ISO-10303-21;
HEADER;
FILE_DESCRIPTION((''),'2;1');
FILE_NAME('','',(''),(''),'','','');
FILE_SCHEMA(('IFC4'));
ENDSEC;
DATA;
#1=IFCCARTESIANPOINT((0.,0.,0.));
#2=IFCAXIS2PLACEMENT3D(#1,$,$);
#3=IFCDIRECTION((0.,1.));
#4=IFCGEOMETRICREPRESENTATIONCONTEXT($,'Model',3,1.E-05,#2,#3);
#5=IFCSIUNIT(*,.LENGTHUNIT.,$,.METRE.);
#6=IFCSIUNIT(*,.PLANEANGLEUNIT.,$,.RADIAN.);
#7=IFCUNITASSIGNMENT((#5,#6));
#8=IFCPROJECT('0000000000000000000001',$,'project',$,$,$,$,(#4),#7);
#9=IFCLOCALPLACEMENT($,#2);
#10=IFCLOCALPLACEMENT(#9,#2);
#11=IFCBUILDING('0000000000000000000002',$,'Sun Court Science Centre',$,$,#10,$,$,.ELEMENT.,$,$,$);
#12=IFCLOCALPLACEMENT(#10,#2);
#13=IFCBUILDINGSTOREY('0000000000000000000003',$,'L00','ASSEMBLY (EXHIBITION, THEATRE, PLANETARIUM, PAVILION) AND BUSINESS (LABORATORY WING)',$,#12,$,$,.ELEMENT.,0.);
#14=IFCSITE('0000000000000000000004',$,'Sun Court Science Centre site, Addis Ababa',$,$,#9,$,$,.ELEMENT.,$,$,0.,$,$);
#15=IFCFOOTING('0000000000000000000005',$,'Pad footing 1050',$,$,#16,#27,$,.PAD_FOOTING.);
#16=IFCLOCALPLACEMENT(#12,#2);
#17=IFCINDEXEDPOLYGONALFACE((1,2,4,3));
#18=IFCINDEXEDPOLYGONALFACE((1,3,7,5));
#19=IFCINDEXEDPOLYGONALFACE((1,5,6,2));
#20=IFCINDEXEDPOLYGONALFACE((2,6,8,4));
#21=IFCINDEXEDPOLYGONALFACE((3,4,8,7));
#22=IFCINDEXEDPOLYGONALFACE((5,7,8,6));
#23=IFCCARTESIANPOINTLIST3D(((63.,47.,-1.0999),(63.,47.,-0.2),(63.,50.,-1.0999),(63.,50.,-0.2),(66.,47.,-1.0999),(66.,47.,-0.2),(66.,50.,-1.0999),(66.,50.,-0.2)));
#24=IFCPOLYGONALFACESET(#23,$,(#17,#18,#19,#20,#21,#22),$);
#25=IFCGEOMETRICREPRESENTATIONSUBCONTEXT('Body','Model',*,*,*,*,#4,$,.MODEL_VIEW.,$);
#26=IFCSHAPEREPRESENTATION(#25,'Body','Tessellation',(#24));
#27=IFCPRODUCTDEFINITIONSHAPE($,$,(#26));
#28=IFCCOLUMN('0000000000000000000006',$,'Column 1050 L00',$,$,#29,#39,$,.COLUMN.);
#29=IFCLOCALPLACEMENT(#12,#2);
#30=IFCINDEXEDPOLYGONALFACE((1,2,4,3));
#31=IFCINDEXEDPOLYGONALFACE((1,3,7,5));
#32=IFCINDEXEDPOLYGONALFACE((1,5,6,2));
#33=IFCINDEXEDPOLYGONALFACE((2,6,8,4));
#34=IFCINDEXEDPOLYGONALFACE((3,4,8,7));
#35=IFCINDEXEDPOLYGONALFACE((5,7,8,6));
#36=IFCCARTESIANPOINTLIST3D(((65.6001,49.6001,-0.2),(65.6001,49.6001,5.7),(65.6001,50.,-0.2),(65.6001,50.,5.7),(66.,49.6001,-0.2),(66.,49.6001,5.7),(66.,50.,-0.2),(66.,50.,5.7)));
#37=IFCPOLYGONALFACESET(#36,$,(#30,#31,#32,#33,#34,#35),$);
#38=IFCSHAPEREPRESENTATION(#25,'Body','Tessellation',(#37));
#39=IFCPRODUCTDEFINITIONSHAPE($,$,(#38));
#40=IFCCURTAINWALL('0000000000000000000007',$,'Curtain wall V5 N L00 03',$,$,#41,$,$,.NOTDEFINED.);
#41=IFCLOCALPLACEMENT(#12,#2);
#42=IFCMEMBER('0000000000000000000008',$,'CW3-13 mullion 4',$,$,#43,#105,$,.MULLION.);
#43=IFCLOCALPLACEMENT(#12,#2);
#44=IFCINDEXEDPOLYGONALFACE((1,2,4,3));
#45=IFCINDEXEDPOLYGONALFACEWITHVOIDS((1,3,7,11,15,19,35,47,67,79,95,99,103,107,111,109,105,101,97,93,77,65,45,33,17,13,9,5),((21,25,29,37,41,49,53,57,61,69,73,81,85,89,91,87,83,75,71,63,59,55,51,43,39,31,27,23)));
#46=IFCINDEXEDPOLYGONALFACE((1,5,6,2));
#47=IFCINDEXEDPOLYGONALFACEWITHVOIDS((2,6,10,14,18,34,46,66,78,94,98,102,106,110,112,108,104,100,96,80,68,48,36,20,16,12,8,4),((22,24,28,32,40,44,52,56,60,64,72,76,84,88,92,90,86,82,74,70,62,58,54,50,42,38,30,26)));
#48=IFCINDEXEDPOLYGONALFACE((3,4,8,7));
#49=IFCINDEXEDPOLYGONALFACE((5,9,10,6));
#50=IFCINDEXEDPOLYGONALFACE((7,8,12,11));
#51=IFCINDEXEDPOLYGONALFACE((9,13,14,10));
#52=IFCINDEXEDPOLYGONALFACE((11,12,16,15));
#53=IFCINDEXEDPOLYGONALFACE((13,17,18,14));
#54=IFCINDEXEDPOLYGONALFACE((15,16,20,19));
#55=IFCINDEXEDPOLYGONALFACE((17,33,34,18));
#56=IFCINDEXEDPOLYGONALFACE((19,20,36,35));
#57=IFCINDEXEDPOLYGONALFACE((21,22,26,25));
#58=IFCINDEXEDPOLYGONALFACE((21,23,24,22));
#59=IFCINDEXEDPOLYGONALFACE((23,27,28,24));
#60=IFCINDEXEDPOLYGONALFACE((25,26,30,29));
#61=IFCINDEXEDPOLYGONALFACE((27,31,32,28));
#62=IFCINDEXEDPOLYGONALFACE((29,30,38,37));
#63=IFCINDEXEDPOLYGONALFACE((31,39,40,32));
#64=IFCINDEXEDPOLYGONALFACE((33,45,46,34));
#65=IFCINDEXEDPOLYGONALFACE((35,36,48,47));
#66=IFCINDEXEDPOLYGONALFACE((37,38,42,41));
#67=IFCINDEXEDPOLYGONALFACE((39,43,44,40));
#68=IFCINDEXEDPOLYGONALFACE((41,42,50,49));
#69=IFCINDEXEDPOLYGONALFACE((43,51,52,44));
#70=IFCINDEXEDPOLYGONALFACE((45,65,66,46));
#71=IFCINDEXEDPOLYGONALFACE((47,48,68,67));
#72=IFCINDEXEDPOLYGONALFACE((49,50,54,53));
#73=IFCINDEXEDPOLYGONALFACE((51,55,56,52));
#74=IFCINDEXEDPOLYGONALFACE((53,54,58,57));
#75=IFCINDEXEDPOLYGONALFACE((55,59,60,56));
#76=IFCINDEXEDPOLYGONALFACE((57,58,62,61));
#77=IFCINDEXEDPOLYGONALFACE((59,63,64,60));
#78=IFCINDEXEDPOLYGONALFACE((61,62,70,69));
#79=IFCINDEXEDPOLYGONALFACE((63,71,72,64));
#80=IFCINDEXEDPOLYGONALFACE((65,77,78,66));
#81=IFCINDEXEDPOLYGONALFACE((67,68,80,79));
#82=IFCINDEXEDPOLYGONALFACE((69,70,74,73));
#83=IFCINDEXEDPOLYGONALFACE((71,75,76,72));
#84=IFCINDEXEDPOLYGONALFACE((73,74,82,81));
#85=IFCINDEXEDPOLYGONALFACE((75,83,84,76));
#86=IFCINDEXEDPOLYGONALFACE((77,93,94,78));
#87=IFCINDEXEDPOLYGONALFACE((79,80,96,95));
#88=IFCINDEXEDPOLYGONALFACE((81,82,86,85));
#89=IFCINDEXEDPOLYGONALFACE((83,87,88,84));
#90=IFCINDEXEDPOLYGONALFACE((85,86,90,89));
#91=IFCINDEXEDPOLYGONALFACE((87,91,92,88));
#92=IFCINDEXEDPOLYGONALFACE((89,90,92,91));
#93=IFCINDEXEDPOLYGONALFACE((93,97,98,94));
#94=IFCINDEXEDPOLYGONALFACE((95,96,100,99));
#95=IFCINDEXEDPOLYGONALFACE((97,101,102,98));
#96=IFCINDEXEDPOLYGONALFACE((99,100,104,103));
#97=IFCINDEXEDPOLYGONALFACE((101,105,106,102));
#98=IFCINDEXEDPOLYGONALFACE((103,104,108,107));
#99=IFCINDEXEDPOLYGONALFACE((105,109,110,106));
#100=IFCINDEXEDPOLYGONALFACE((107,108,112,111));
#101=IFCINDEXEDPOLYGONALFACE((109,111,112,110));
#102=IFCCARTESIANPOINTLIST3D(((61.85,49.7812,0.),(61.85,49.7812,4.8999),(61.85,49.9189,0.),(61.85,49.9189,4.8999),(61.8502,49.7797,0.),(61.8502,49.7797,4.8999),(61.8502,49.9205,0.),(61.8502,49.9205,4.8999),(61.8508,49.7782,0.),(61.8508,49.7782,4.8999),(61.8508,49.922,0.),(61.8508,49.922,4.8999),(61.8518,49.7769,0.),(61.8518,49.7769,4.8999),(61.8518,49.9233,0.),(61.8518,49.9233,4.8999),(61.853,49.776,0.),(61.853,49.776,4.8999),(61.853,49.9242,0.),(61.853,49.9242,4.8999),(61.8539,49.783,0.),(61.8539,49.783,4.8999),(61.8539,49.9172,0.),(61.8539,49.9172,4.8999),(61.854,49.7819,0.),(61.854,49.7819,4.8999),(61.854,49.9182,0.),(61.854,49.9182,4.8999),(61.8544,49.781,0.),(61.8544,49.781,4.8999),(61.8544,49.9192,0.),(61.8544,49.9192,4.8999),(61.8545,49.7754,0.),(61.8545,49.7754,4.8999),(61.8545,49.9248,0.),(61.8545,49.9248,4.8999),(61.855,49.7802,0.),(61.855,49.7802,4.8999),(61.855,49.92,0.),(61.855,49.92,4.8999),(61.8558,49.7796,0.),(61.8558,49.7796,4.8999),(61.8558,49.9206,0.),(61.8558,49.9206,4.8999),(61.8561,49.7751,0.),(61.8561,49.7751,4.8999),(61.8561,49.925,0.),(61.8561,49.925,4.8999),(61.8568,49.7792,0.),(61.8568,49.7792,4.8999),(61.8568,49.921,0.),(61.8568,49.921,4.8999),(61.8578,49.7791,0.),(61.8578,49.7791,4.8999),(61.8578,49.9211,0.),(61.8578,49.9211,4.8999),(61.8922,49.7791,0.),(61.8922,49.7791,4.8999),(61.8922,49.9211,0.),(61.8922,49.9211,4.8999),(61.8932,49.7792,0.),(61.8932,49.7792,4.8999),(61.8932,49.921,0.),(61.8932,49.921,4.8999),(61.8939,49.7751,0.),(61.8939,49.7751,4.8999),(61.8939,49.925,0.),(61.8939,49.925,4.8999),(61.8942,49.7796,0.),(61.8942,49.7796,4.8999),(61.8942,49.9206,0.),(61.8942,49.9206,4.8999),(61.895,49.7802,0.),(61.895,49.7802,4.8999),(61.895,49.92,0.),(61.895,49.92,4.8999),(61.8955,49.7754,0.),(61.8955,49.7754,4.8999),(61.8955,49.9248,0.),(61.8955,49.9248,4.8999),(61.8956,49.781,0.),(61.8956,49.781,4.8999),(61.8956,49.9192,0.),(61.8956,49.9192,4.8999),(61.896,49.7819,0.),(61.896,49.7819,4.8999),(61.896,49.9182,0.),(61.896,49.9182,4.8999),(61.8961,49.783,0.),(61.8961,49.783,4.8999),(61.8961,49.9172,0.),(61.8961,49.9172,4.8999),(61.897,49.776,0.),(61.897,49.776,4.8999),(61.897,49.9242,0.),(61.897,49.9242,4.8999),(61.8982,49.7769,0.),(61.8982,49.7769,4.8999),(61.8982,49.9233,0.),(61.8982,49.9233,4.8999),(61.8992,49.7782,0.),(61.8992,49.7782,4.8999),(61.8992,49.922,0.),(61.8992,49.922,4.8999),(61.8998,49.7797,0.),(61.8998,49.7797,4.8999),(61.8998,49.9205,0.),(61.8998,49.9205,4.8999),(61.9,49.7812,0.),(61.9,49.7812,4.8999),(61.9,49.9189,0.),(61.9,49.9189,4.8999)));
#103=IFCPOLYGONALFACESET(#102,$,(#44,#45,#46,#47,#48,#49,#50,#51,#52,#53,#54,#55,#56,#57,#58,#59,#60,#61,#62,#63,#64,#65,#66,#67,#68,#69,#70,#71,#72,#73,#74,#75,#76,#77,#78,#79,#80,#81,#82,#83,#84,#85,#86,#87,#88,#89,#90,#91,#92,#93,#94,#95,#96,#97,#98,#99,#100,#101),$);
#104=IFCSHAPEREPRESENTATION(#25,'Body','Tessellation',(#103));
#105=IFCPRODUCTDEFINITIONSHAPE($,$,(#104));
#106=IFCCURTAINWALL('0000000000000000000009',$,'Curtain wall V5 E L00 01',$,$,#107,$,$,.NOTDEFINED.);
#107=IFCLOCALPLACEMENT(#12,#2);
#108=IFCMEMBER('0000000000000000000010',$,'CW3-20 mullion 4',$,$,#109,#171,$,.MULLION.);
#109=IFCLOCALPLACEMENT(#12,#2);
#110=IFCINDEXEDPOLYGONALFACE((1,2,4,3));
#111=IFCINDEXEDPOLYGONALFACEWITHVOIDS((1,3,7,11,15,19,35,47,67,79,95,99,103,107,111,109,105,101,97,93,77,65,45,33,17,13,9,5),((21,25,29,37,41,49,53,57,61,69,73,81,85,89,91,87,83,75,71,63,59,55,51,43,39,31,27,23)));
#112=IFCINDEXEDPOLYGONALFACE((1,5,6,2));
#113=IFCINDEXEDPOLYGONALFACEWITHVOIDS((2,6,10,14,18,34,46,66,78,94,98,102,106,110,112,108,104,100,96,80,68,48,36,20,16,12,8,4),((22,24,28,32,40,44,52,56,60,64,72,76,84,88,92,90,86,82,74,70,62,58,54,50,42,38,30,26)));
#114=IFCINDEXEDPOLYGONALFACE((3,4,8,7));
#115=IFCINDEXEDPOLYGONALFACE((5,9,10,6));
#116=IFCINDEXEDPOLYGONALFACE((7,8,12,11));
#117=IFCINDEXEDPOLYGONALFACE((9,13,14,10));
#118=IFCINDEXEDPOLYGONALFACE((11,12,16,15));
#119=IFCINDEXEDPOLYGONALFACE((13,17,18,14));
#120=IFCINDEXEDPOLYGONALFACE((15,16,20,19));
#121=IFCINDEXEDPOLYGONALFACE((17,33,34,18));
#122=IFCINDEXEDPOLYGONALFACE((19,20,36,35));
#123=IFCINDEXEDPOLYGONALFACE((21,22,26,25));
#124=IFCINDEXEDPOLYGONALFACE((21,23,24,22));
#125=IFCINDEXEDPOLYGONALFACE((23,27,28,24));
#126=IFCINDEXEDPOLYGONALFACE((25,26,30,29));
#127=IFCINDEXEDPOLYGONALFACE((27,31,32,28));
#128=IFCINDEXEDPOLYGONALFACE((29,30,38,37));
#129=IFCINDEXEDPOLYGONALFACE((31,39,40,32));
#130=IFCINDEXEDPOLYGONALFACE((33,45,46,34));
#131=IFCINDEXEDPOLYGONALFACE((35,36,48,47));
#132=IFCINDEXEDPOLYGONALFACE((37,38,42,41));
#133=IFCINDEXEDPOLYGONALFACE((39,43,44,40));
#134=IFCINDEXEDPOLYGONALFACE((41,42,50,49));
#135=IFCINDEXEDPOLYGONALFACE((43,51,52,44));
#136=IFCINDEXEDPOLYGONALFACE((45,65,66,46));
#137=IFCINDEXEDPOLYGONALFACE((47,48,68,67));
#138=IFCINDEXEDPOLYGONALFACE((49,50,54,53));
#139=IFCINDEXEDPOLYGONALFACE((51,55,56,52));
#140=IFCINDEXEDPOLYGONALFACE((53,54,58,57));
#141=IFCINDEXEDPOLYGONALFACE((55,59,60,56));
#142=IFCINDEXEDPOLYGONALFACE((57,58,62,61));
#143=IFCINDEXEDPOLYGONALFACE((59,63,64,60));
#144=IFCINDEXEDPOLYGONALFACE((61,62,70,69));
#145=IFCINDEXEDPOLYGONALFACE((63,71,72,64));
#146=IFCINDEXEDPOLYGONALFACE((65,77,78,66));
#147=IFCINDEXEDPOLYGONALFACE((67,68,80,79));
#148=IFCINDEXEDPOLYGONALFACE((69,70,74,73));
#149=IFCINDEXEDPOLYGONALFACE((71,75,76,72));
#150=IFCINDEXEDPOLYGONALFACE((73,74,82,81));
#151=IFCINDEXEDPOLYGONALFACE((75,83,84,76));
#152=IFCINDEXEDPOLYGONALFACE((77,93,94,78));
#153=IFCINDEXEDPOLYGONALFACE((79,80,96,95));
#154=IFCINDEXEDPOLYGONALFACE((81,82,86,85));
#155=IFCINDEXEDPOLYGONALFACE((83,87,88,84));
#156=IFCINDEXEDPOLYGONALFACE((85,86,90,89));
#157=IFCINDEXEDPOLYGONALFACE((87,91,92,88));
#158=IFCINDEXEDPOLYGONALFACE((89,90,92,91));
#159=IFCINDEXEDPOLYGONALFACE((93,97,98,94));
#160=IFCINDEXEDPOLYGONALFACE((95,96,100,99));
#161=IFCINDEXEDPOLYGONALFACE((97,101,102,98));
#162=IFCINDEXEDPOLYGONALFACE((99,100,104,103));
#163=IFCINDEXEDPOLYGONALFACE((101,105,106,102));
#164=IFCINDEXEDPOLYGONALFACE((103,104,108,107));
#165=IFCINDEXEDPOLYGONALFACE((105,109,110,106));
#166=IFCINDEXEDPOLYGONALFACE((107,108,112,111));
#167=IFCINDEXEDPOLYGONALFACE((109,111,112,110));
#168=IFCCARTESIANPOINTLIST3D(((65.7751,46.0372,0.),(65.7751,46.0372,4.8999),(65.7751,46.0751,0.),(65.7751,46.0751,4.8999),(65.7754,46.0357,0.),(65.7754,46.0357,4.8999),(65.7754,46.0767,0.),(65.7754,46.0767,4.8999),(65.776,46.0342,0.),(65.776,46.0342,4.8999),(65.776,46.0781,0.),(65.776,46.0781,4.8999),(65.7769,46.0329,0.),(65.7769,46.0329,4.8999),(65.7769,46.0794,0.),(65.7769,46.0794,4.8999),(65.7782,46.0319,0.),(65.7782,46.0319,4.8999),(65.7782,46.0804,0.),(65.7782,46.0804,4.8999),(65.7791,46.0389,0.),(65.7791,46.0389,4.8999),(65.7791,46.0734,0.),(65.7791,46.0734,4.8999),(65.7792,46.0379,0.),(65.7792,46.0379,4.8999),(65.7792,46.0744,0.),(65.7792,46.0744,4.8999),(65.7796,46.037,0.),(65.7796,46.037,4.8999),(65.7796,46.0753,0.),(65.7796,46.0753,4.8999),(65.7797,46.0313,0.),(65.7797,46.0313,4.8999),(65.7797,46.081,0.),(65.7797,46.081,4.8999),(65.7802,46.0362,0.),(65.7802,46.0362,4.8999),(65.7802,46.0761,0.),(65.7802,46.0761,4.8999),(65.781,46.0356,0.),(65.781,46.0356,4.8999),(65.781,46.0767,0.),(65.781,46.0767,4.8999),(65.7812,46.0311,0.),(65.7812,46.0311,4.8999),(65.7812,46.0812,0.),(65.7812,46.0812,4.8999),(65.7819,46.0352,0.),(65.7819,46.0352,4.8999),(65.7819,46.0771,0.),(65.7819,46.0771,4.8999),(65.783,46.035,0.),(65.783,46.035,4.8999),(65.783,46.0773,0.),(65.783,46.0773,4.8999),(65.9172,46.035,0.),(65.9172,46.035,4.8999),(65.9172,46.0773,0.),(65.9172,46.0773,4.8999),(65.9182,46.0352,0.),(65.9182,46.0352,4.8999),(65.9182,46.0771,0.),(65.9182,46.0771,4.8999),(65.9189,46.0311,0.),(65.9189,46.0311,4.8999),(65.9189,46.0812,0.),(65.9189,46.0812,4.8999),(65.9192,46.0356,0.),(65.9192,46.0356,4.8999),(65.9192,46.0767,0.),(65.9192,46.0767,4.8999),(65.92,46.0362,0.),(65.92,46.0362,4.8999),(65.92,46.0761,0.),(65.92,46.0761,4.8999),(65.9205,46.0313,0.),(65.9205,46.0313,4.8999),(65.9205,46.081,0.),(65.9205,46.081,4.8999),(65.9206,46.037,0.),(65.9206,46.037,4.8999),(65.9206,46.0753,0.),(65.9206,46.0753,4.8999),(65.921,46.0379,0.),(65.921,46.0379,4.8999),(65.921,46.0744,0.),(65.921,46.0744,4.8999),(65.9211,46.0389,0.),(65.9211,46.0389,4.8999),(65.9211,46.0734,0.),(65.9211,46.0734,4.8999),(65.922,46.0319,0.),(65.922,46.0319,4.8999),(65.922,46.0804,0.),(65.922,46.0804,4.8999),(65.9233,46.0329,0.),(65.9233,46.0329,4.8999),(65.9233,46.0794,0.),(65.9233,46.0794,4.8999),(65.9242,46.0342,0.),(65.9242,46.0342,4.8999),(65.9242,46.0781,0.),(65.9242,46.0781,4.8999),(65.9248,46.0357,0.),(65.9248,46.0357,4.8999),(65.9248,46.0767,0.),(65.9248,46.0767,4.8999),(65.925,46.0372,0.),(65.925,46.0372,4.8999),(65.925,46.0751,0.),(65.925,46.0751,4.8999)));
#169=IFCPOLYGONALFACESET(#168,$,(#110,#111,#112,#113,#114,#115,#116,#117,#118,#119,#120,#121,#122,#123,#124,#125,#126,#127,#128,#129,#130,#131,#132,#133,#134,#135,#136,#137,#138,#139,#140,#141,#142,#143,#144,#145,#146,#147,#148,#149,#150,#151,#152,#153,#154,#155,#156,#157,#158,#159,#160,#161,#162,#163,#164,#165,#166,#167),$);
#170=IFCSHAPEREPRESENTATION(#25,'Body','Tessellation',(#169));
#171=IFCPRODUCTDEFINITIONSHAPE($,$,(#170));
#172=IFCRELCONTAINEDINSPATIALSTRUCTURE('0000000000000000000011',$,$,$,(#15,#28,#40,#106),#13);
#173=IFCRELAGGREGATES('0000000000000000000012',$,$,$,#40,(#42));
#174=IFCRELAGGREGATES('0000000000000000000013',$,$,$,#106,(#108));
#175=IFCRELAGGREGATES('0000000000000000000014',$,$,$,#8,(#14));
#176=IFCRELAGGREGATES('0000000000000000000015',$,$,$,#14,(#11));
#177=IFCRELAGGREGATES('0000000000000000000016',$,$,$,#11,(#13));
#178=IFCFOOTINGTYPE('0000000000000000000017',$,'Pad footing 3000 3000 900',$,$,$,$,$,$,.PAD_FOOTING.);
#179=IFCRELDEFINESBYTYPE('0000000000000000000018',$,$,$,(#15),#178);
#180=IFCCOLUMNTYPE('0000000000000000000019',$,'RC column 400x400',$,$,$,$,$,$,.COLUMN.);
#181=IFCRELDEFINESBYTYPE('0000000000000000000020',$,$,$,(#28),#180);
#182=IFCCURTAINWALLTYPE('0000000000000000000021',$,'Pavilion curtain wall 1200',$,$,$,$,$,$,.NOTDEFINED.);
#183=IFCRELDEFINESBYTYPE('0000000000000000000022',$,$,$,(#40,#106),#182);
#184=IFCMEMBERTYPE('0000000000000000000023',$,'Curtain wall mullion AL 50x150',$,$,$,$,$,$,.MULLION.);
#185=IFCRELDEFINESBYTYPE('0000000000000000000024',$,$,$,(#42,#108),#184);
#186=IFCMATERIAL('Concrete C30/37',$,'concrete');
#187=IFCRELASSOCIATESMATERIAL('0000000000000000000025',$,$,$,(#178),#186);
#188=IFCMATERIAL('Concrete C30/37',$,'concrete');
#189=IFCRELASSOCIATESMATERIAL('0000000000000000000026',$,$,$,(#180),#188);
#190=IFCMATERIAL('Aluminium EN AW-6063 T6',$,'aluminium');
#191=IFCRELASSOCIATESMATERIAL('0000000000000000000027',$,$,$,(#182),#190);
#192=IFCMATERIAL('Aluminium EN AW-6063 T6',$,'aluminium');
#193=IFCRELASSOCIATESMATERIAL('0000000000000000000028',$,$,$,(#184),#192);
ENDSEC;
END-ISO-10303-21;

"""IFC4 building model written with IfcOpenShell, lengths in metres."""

from ifc_helpers import new_model, si_unit, direction, frame, origin, origin_2d, place, context, subcontext, project, spatial, rectangle, hollow_rectangle, extrude, material, material_profile, profile_set, type_object, element, aggregate, save


model = new_model("IFC4")

# Units and contexts
model_context = context("Model", 3, precision=1e-05, world=origin(), true_north=direction((0.0, 1.0)))
body_context = subcontext(model_context, "Body", "Model", "MODEL_VIEW")
ifc_project = project(units=[si_unit("LENGTHUNIT", "METRE"), si_unit("PLANEANGLEUNIT", "RADIAN")], contexts=[model_context])

# Site, building, storey
site_placement = place(None, origin())
site = spatial("IfcSite", under=ifc_project, at=site_placement, Name="Sun Court Science Centre site, Addis Ababa", CompositionType="ELEMENT", RefElevation=0.0)
building_placement = place(site_placement, origin())
building = spatial("IfcBuilding", under=site, at=building_placement, Name="Sun Court Science Centre", CompositionType="ELEMENT")
storey_placement = place(building_placement, origin())
storey = spatial("IfcBuildingStorey", under=building, at=storey_placement, Name="L00", Description="ASSEMBLY (EXHIBITION, THEATRE, PLANETARIUM, PAVILION) AND BUSINESS (LABORATORY WING)", CompositionType="ELEMENT", Elevation=0.0)

# Footing
ifc_material_1 = material(Name="Concrete C30/37", Category="concrete")
footing_type = type_object("IfcFootingType", Name="Pad footing 3000 3000 900", PredefinedType="PAD_FOOTING", material=ifc_material_1)
footing_placement = place(storey_placement, frame((64.5, 48.5, -1.0999), z_axis=(0.0, 0.0, 1.0), x_axis=(1.0, 0.0, 0.0)))
element("IfcFooting", 1, at=footing_placement, inside=storey, type_object=footing_type, Name="Pad footing 1050", PredefinedType="PAD_FOOTING", context=body_context, shape_type="SweptSolid", body=[
    extrude(rectangle(XDim=3.0, YDim=3.0, at=origin_2d()), origin(), (0.0, 0.0, 1.0), 0.8999),
])

# Column
ifc_material_2 = material(Name="Concrete C30/37", Category="concrete")
ifc_material_profile_1 = material_profile(ifc_material_2, rectangle(XDim=0.3999, YDim=0.3999, at=origin_2d()), Name="RC 400x400")
ifc_profile_set_1 = profile_set([ifc_material_profile_1], Name="Concrete C30/37")
column_type = type_object("IfcColumnType", Name="RC column 400x400", PredefinedType="COLUMN", material=ifc_profile_set_1)
column_placement = place(storey_placement, frame((65.8, 49.8, -0.2), z_axis=(0.0, 0.0, 1.0), x_axis=(1.0, 0.0, 0.0)))
element("IfcColumn", 2, at=column_placement, inside=storey, type_object=column_type, Name="Column 1050 L00", PredefinedType="COLUMN", context=body_context, shape_type="SweptSolid", body=[
    extrude(rectangle(XDim=0.3999, YDim=0.3999, at=origin_2d()), origin(), (0.0, 0.0, 1.0), 5.8999),
])

# Curtain wall, member
ifc_material_3 = material(Name="Aluminium EN AW-6063 T6", Category="aluminium")
curtain_wall_type = type_object("IfcCurtainWallType", Name="Pavilion curtain wall 1200", PredefinedType="NOTDEFINED", material=ifc_material_3)
curtain_wall_1_placement = place(storey_placement, origin())
curtain_wall_1 = element("IfcCurtainWall", 3, at=curtain_wall_1_placement, inside=storey, type_object=curtain_wall_type, Name="Curtain wall V5 N L00 03", PredefinedType="NOTDEFINED")
ifc_material_4 = material(Name="Aluminium EN AW-6063 T6", Category="aluminium")
ifc_material_profile_2 = material_profile(ifc_material_4, hollow_rectangle(XDim=0.05, YDim=0.1499, WallThickness=0.0039, InnerFilletRadius=0.0039, OuterFilletRadius=0.0061, at=origin_2d()), Name="AL 50x150x4")
ifc_profile_set_2 = profile_set([ifc_material_profile_2], Name="Aluminium EN AW-6063 T6")
member_type_1 = type_object("IfcMemberType", Name="Curtain wall mullion AL 50x150", PredefinedType="MULLION", material=ifc_profile_set_2)
member_1_placement = place(storey_placement, frame((61.875, 49.8501, 0.0), z_axis=(0.0, 0.0, 1.0), x_axis=(1.0, 0.0, 0.0)))
member_1 = element("IfcMember", 4, at=member_1_placement, type_object=member_type_1, Name="CW3-13 mullion 4", PredefinedType="MULLION", context=body_context, shape_type="SweptSolid", body=[
    extrude(hollow_rectangle(XDim=0.05, YDim=0.1499, WallThickness=0.0039, InnerFilletRadius=0.0039, OuterFilletRadius=0.0061, at=origin_2d()), origin(), (0.0, 0.0, 1.0), 4.8999),
])
aggregate(curtain_wall_1, [member_1])

# Curtain wall, member
curtain_wall_2_placement = place(storey_placement, origin())
curtain_wall_2 = element("IfcCurtainWall", 5, at=curtain_wall_2_placement, inside=storey, type_object=curtain_wall_type, Name="Curtain wall V5 E L00 01", PredefinedType="NOTDEFINED")
member_2_placement = place(storey_placement, frame((65.8501, 46.0562, 0.0), z_axis=(0.0, 0.0, 1.0), x_axis=(0.0, -1.0, 0.0)))
member_2 = element("IfcMember", 6, at=member_2_placement, type_object=member_type_1, Name="CW3-20 mullion 4", PredefinedType="MULLION", context=body_context, shape_type="SweptSolid", body=[
    extrude(hollow_rectangle(XDim=0.05, YDim=0.1499, WallThickness=0.0039, InnerFilletRadius=0.0039, OuterFilletRadius=0.0061, at=origin_2d()), origin(), (0.0, 0.0, 1.0), 4.8999),
])
aggregate(curtain_wall_2, [member_2])

save(model, "model.ifc")
